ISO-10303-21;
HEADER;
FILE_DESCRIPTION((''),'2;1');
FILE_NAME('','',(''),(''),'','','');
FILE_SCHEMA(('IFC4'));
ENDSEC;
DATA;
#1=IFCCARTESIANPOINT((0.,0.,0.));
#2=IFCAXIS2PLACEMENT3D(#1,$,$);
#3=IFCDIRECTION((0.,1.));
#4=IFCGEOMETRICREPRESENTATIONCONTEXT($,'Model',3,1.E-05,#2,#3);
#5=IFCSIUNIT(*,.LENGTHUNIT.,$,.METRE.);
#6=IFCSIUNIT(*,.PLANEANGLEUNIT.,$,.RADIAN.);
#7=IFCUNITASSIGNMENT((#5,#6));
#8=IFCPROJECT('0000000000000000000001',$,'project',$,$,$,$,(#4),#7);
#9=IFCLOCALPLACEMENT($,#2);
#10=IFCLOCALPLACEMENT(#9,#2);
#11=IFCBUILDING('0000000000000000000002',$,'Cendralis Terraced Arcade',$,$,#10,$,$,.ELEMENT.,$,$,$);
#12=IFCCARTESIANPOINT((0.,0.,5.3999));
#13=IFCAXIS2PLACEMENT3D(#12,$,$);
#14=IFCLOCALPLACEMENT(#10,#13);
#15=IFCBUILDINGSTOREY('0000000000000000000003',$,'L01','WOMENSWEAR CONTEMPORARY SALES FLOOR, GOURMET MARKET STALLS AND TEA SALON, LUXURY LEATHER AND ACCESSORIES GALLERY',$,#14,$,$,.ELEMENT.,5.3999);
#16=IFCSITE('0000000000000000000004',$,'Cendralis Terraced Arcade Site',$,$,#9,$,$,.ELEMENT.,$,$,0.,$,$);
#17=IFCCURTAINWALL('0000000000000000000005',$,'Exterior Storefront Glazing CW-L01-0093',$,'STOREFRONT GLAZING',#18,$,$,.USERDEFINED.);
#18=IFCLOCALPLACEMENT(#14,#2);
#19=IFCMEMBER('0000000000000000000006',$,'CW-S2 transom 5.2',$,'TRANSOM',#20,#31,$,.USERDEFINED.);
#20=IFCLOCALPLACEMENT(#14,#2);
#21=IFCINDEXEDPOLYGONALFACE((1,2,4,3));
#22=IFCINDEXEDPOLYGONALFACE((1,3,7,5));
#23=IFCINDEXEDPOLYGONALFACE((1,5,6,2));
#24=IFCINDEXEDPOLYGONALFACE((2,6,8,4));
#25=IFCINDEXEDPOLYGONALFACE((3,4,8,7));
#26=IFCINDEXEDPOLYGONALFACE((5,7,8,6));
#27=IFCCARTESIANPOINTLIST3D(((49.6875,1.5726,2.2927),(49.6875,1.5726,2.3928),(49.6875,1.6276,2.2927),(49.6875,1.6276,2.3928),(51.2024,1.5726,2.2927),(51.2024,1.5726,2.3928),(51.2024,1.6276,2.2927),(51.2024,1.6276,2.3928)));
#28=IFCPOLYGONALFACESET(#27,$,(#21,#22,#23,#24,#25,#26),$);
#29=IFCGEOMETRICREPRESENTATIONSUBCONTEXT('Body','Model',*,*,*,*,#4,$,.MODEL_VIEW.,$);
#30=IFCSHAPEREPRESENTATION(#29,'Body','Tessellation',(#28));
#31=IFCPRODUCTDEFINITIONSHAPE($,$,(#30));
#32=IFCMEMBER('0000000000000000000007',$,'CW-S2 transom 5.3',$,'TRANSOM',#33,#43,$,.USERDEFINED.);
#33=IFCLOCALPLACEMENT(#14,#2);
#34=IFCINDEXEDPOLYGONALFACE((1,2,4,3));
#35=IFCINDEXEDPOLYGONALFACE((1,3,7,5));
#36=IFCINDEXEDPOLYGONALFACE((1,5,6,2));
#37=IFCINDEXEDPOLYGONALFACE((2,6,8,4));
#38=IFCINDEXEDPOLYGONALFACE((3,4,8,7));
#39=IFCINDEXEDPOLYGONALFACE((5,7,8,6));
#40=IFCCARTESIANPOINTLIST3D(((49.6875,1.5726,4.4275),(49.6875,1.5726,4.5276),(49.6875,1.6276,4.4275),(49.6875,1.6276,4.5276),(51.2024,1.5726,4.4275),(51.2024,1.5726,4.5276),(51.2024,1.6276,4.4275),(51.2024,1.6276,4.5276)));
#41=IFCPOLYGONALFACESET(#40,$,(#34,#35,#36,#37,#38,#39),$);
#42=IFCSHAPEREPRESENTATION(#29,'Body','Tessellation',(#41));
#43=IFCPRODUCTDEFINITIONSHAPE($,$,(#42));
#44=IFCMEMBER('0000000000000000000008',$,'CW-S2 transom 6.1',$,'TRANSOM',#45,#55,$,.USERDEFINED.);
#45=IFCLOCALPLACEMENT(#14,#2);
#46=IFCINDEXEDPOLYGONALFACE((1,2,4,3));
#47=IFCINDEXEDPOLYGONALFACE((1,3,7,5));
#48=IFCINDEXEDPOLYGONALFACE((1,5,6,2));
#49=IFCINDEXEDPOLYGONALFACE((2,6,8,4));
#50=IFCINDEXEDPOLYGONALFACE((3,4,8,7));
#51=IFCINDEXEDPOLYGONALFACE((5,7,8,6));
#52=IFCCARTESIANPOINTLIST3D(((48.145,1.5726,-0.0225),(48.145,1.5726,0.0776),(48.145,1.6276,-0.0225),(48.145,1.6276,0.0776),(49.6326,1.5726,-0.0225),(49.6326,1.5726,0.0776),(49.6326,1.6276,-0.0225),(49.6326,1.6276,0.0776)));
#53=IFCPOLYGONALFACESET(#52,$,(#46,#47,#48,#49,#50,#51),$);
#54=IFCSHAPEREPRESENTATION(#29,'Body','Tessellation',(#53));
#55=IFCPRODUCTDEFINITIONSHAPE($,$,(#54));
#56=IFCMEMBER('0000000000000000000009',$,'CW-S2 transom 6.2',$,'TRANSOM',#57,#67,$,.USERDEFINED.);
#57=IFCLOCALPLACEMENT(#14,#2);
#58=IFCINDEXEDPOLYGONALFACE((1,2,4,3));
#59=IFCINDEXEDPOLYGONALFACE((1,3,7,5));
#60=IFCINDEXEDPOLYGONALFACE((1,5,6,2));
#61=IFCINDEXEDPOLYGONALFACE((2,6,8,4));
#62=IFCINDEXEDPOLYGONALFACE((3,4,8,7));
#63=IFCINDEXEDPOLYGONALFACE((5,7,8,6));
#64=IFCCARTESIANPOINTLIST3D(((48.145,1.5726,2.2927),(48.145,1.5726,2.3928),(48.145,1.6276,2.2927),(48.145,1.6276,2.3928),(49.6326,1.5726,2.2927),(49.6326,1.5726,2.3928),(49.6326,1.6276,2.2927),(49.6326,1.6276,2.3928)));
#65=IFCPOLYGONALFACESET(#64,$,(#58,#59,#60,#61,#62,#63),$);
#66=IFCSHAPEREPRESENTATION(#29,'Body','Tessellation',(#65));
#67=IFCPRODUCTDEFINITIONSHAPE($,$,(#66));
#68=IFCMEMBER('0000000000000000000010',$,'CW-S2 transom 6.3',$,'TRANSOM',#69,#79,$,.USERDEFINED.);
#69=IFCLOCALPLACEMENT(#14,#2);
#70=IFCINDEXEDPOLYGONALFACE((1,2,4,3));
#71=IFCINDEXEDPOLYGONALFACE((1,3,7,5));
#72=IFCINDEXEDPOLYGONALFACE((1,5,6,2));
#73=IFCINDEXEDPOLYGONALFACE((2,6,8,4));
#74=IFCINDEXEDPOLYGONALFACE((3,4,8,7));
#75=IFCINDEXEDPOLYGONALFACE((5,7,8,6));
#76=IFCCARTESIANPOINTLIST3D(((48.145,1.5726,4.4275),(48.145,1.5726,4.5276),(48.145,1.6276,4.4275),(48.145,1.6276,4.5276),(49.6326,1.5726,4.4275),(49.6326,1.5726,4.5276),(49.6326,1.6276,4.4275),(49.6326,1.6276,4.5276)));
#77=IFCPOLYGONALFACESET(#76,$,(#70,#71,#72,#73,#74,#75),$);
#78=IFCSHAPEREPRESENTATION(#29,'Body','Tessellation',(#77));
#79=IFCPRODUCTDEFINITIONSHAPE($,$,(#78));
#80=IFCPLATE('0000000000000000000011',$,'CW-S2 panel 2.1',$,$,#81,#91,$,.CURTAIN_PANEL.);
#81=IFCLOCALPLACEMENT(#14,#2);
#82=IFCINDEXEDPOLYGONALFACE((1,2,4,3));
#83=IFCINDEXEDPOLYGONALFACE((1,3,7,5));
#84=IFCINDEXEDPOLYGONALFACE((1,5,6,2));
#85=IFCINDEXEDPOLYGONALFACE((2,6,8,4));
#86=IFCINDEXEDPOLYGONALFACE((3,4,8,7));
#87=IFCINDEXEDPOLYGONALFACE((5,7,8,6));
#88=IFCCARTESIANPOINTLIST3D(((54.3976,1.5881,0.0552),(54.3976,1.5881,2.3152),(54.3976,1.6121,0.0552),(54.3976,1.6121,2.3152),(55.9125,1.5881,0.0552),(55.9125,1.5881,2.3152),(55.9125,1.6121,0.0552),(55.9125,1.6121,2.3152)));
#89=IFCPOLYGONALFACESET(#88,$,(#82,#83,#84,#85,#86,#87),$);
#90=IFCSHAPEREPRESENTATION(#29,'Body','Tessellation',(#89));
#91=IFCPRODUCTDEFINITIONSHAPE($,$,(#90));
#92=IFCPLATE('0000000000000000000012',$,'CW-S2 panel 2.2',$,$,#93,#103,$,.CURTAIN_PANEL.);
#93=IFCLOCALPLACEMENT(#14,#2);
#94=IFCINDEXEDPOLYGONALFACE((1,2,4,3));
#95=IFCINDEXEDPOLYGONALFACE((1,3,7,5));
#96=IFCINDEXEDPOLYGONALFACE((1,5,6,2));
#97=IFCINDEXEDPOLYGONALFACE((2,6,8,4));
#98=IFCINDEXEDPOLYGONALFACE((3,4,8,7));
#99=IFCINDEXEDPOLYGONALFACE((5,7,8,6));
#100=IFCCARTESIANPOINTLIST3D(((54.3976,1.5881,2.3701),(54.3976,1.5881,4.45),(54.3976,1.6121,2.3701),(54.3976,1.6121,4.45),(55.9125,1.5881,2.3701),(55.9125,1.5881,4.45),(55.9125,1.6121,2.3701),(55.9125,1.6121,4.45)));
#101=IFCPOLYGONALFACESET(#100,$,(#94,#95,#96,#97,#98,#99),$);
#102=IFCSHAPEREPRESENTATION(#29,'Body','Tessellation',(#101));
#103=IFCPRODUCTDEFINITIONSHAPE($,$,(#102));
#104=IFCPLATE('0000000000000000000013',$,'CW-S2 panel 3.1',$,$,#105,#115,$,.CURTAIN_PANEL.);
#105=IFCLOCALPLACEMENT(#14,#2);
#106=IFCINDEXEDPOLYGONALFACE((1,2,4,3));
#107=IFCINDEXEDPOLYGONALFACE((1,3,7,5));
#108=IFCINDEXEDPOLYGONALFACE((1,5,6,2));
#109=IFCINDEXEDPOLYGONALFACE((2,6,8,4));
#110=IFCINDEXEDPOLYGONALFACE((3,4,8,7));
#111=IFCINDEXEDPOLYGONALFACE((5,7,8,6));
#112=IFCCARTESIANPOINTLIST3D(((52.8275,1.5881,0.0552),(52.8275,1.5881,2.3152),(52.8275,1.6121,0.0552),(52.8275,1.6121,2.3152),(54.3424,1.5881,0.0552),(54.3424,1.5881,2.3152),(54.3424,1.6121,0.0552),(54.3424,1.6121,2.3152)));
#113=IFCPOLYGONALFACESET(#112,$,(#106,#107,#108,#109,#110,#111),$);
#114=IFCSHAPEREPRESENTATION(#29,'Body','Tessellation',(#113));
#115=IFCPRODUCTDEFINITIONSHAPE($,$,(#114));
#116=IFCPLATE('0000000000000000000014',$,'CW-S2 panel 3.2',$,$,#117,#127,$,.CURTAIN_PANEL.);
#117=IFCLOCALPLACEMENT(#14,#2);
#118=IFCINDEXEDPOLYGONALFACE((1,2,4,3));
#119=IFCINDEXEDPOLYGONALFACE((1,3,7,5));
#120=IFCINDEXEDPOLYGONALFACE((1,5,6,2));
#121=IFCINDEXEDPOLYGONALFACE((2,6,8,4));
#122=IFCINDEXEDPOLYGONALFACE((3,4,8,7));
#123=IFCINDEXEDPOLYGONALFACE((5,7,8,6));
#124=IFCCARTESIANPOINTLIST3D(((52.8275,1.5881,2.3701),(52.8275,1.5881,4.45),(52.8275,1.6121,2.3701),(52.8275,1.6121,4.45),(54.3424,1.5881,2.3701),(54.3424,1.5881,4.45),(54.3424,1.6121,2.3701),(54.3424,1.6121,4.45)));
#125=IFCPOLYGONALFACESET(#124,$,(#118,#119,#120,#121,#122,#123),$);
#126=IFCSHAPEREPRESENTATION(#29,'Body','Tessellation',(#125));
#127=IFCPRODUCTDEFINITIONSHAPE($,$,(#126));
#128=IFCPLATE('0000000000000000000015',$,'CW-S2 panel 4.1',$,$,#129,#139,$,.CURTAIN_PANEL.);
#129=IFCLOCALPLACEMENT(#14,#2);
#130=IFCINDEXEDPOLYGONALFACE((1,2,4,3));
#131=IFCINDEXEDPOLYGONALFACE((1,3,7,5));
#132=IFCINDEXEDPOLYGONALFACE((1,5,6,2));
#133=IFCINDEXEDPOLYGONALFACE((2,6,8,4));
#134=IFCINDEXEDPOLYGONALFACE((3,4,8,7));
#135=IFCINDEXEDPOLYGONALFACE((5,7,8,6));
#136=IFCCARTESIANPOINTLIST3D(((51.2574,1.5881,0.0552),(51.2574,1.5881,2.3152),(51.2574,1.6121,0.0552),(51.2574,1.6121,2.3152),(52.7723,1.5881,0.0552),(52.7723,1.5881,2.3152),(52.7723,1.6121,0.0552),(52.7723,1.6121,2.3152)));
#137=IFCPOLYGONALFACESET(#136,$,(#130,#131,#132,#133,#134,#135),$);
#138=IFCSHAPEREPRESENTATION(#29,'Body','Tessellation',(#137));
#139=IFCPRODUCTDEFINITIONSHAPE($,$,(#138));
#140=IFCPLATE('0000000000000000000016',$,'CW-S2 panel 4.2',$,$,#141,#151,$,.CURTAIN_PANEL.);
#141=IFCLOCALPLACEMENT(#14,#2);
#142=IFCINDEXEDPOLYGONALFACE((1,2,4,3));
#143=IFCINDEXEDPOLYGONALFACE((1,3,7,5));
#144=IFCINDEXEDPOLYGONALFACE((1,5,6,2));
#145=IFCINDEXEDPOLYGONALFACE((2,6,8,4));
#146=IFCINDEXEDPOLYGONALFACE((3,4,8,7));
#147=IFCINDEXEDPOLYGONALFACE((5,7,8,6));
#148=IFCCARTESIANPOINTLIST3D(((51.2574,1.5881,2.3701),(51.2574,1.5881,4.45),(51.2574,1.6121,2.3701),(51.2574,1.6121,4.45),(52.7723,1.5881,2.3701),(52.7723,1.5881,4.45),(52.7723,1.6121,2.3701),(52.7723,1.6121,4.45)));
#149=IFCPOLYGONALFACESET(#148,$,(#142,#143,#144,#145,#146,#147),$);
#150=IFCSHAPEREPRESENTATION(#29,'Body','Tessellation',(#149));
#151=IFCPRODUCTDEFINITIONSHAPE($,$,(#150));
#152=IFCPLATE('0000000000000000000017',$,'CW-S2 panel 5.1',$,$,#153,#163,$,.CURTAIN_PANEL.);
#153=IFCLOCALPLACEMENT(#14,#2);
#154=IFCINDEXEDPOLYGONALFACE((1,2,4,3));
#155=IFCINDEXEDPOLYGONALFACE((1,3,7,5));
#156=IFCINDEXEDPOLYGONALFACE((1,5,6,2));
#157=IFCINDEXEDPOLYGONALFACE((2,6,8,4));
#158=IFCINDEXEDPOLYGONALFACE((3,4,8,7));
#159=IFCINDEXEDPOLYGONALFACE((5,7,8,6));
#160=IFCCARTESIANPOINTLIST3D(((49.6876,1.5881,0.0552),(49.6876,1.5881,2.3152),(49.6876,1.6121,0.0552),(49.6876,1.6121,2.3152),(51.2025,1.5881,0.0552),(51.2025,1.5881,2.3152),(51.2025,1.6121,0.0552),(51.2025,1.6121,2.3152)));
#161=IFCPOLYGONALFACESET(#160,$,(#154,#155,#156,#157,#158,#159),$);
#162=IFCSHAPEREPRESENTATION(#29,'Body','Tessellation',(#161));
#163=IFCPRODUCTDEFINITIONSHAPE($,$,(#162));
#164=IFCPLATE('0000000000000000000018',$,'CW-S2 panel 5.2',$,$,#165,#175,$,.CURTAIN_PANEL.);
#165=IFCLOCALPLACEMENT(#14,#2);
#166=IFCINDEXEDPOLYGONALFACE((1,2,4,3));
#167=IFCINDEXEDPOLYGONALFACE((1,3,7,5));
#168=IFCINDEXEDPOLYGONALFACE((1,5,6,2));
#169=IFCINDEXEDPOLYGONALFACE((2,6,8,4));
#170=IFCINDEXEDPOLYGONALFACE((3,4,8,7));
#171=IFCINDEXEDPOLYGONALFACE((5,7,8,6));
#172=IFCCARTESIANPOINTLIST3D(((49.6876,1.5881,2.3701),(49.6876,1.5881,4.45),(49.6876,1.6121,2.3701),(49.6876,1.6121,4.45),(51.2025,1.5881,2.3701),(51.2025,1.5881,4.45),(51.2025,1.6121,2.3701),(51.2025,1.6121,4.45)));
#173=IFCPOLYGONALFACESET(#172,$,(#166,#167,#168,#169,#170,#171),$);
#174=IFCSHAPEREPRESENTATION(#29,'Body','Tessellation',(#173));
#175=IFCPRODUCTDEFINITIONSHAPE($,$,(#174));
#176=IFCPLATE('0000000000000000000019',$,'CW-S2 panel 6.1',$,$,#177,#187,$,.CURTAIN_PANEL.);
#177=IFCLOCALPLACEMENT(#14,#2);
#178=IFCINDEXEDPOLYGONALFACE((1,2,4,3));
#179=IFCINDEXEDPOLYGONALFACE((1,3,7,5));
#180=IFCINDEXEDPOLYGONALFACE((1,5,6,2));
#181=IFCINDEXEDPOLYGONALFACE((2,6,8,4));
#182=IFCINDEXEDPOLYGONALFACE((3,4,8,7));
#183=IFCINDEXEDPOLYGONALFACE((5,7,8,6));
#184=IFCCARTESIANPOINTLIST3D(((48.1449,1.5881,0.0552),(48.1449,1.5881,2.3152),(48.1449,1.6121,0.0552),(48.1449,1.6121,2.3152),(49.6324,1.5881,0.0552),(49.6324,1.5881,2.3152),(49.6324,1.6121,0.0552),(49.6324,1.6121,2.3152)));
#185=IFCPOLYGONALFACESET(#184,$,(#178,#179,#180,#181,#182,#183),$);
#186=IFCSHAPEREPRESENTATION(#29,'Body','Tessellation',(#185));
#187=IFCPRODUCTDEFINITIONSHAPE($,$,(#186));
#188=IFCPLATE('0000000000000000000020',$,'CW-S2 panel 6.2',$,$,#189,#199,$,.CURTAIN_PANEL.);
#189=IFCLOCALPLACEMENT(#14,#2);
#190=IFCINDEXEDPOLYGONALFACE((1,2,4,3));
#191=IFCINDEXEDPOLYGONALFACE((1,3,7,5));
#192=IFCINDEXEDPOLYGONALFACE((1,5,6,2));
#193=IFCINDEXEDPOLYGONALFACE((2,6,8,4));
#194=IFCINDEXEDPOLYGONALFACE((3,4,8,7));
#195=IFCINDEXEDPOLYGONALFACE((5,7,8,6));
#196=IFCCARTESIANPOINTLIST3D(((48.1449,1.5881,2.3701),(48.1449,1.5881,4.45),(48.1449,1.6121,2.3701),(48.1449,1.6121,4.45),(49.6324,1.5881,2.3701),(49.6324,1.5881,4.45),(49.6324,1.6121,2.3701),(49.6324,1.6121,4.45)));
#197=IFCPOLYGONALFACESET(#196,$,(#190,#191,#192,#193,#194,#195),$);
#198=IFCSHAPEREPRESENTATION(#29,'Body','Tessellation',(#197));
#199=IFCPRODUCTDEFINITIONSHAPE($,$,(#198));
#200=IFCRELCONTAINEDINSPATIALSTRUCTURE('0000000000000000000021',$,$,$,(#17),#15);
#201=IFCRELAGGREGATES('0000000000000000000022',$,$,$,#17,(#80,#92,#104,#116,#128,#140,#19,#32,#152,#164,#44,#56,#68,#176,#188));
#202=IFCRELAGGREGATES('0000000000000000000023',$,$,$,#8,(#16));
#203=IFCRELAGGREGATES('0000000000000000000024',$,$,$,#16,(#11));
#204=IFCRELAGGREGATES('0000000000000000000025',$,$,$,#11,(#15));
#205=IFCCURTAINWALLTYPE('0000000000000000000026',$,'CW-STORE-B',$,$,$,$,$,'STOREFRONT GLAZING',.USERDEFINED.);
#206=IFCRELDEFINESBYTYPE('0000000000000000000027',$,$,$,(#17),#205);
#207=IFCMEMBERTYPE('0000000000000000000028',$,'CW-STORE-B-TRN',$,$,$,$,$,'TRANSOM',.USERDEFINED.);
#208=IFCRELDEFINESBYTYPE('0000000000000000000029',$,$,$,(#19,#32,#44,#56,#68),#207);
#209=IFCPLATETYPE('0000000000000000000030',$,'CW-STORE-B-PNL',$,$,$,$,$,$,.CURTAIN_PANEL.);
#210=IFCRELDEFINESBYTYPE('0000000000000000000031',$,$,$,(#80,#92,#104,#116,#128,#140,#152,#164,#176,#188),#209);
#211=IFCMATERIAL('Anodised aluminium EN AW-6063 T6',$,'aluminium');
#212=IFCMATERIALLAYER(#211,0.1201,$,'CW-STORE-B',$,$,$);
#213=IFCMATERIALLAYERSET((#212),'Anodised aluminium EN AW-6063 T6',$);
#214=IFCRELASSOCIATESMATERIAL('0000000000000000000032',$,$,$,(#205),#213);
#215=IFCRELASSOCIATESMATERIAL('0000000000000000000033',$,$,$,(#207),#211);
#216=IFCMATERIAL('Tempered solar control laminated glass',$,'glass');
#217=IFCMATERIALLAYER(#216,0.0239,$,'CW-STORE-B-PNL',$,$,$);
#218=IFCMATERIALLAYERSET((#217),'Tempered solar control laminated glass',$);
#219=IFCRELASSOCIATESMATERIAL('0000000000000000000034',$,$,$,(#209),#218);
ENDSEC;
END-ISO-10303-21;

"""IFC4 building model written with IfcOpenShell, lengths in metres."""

from ifc_helpers import new_model, si_unit, direction, frame, origin, origin_2d, place, context, subcontext, project, spatial, rectangle, extrude, material, layer, layer_set, material_profile, profile_set, type_object, element, aggregate, save


model = new_model("IFC4")

# Units and contexts
model_context = context("Model", 3, precision=1e-05, world=origin(), true_north=direction((0.0, 1.0)))
body_context = subcontext(model_context, "Body", "Model", "MODEL_VIEW")
ifc_project = project(units=[si_unit("LENGTHUNIT", "METRE"), si_unit("PLANEANGLEUNIT", "RADIAN")], contexts=[model_context])

# Site, building, storey
site_placement = place(None, origin())
site = spatial("IfcSite", under=ifc_project, at=site_placement, Name="Cendralis Terraced Arcade Site", CompositionType="ELEMENT", RefElevation=0.0)
building_placement = place(site_placement, origin())
building = spatial("IfcBuilding", under=site, at=building_placement, Name="Cendralis Terraced Arcade", CompositionType="ELEMENT")
storey_placement = place(building_placement, frame((0.0, 0.0, 5.3999)))
storey = spatial("IfcBuildingStorey", under=building, at=storey_placement, Name="L01", Description="WOMENSWEAR CONTEMPORARY SALES FLOOR, GOURMET MARKET STALLS AND TEA SALON, LUXURY LEATHER AND ACCESSORIES GALLERY", CompositionType="ELEMENT", Elevation=5.3999)

# Curtain wall, members, plates
ifc_material_1 = material(Name="Anodised aluminium EN AW-6063 T6", Category="aluminium")
ifc_layer_1 = layer(ifc_material_1, 0.1201, Name="CW-STORE-B")
ifc_layer_set_1 = layer_set([ifc_layer_1], Name="Anodised aluminium EN AW-6063 T6")
curtain_wall_type = type_object("IfcCurtainWallType", Name="CW-STORE-B", ElementType="STOREFRONT GLAZING", PredefinedType="USERDEFINED", material=ifc_layer_set_1)
curtain_wall_placement = place(storey_placement, origin())
curtain_wall = element("IfcCurtainWall", 1, at=curtain_wall_placement, inside=storey, type_object=curtain_wall_type, Name="Exterior Storefront Glazing CW-L01-0093", ObjectType="STOREFRONT GLAZING", PredefinedType="USERDEFINED")
ifc_material_profile_1 = material_profile(ifc_material_1, rectangle(XDim=0.0549, YDim=0.1001, at=origin_2d()), Name="ALU-TRN-55x100")
ifc_profile_set_1 = profile_set([ifc_material_profile_1], Name="Anodised aluminium EN AW-6063 T6")
member_type_1 = type_object("IfcMemberType", Name="CW-STORE-B-TRN", ElementType="TRANSOM", PredefinedType="USERDEFINED", material=ifc_profile_set_1)
member_1_placement = place(storey_placement, frame((51.2024, 1.6001, 2.3428), z_axis=(-1.0, 0.0, 0.0), x_axis=(0.0, -1.0, 0.0)))
member_1 = element("IfcMember", 2, at=member_1_placement, type_object=member_type_1, Name="CW-S2 transom 5.2", ObjectType="TRANSOM", PredefinedType="USERDEFINED", context=body_context, shape_type="SweptSolid", body=[
    extrude(rectangle(XDim=0.0549, YDim=0.1001, at=origin_2d()), origin(), (0.0, 0.0, 1.0), 1.5149),
])
member_2_placement = place(storey_placement, frame((51.2024, 1.6001, 4.4775), z_axis=(-1.0, 0.0, 0.0), x_axis=(0.0, -1.0, 0.0)))
member_2 = element("IfcMember", 3, at=member_2_placement, type_object=member_type_1, Name="CW-S2 transom 5.3", ObjectType="TRANSOM", PredefinedType="USERDEFINED", context=body_context, shape_type="SweptSolid", body=[
    extrude(rectangle(XDim=0.0549, YDim=0.1001, at=origin_2d()), origin(), (0.0, 0.0, 1.0), 1.5149),
])
member_3_placement = place(storey_placement, frame((49.6326, 1.6001, 0.0276), z_axis=(-1.0, 0.0, 0.0), x_axis=(0.0, -1.0, 0.0)))
member_3 = element("IfcMember", 4, at=member_3_placement, type_object=member_type_1, Name="CW-S2 transom 6.1", ObjectType="TRANSOM", PredefinedType="USERDEFINED", context=body_context, shape_type="SweptSolid", body=[
    extrude(rectangle(XDim=0.0549, YDim=0.1001, at=origin_2d()), origin(), (0.0, 0.0, 1.0), 1.4875),
])
member_4_placement = place(storey_placement, frame((49.6326, 1.6001, 2.3428), z_axis=(-1.0, 0.0, 0.0), x_axis=(0.0, -1.0, 0.0)))
member_4 = element("IfcMember", 5, at=member_4_placement, type_object=member_type_1, Name="CW-S2 transom 6.2", ObjectType="TRANSOM", PredefinedType="USERDEFINED", context=body_context, shape_type="SweptSolid", body=[
    extrude(rectangle(XDim=0.0549, YDim=0.1001, at=origin_2d()), origin(), (0.0, 0.0, 1.0), 1.4875),
])
member_5_placement = place(storey_placement, frame((49.6326, 1.6001, 4.4775), z_axis=(-1.0, 0.0, 0.0), x_axis=(0.0, -1.0, 0.0)))
member_5 = element("IfcMember", 6, at=member_5_placement, type_object=member_type_1, Name="CW-S2 transom 6.3", ObjectType="TRANSOM", PredefinedType="USERDEFINED", context=body_context, shape_type="SweptSolid", body=[
    extrude(rectangle(XDim=0.0549, YDim=0.1001, at=origin_2d()), origin(), (0.0, 0.0, 1.0), 1.4875),
])
ifc_material_2 = material(Name="Tempered solar control laminated glass", Category="glass")
ifc_layer_2 = layer(ifc_material_2, 0.0239, Name="CW-STORE-B-PNL")
ifc_layer_set_2 = layer_set([ifc_layer_2], Name="Tempered solar control laminated glass")
plate_type = type_object("IfcPlateType", Name="CW-STORE-B-PNL", PredefinedType="CURTAIN_PANEL", material=ifc_layer_set_2)
plate_1_placement = place(storey_placement, frame((55.155, 1.6001, 0.0552), z_axis=(0.0, 0.0, 1.0), x_axis=(-1.0, 0.0, 0.0)))
plate_1 = element("IfcPlate", 7, at=plate_1_placement, type_object=plate_type, Name="CW-S2 panel 2.1", PredefinedType="CURTAIN_PANEL", context=body_context, shape_type="SweptSolid", body=[
    extrude(rectangle(XDim=1.5149, YDim=0.0239, at=origin_2d()), origin(), (0.0, 0.0, 1.0), 2.26),
])
plate_2_placement = place(storey_placement, frame((55.155, 1.6001, 2.3701), z_axis=(0.0, 0.0, 1.0), x_axis=(-1.0, 0.0, 0.0)))
plate_2 = element("IfcPlate", 8, at=plate_2_placement, type_object=plate_type, Name="CW-S2 panel 2.2", PredefinedType="CURTAIN_PANEL", context=body_context, shape_type="SweptSolid", body=[
    extrude(rectangle(XDim=1.5149, YDim=0.0239, at=origin_2d()), origin(), (0.0, 0.0, 1.0), 2.0798),
])
plate_3_placement = place(storey_placement, frame((53.585, 1.6001, 0.0552), z_axis=(0.0, 0.0, 1.0), x_axis=(-1.0, 0.0, 0.0)))
plate_3 = element("IfcPlate", 9, at=plate_3_placement, type_object=plate_type, Name="CW-S2 panel 3.1", PredefinedType="CURTAIN_PANEL", context=body_context, shape_type="SweptSolid", body=[
    extrude(rectangle(XDim=1.5149, YDim=0.0239, at=origin_2d()), origin(), (0.0, 0.0, 1.0), 2.26),
])
plate_4_placement = place(storey_placement, frame((53.585, 1.6001, 2.3701), z_axis=(0.0, 0.0, 1.0), x_axis=(-1.0, 0.0, 0.0)))
plate_4 = element("IfcPlate", 10, at=plate_4_placement, type_object=plate_type, Name="CW-S2 panel 3.2", PredefinedType="CURTAIN_PANEL", context=body_context, shape_type="SweptSolid", body=[
    extrude(rectangle(XDim=1.5149, YDim=0.0239, at=origin_2d()), origin(), (0.0, 0.0, 1.0), 2.0798),
])
plate_5_placement = place(storey_placement, frame((52.0149, 1.6001, 0.0552), z_axis=(0.0, 0.0, 1.0), x_axis=(-1.0, 0.0, 0.0)))
plate_5 = element("IfcPlate", 11, at=plate_5_placement, type_object=plate_type, Name="CW-S2 panel 4.1", PredefinedType="CURTAIN_PANEL", context=body_context, shape_type="SweptSolid", body=[
    extrude(rectangle(XDim=1.5149, YDim=0.0239, at=origin_2d()), origin(), (0.0, 0.0, 1.0), 2.26),
])
plate_6_placement = place(storey_placement, frame((52.0149, 1.6001, 2.3701), z_axis=(0.0, 0.0, 1.0), x_axis=(-1.0, 0.0, 0.0)))
plate_6 = element("IfcPlate", 12, at=plate_6_placement, type_object=plate_type, Name="CW-S2 panel 4.2", PredefinedType="CURTAIN_PANEL", context=body_context, shape_type="SweptSolid", body=[
    extrude(rectangle(XDim=1.5149, YDim=0.0239, at=origin_2d()), origin(), (0.0, 0.0, 1.0), 2.0798),
])
plate_7_placement = place(storey_placement, frame((50.4451, 1.6001, 0.0552), z_axis=(0.0, 0.0, 1.0), x_axis=(-1.0, 0.0, 0.0)))
plate_7 = element("IfcPlate", 13, at=plate_7_placement, type_object=plate_type, Name="CW-S2 panel 5.1", PredefinedType="CURTAIN_PANEL", context=body_context, shape_type="SweptSolid", body=[
    extrude(rectangle(XDim=1.5149, YDim=0.0239, at=origin_2d()), origin(), (0.0, 0.0, 1.0), 2.26),
])
plate_8_placement = place(storey_placement, frame((50.4451, 1.6001, 2.3701), z_axis=(0.0, 0.0, 1.0), x_axis=(-1.0, 0.0, 0.0)))
plate_8 = element("IfcPlate", 14, at=plate_8_placement, type_object=plate_type, Name="CW-S2 panel 5.2", PredefinedType="CURTAIN_PANEL", context=body_context, shape_type="SweptSolid", body=[
    extrude(rectangle(XDim=1.5149, YDim=0.0239, at=origin_2d()), origin(), (0.0, 0.0, 1.0), 2.0798),
])
plate_9_placement = place(storey_placement, frame((48.8887, 1.6001, 0.0552), z_axis=(0.0, 0.0, 1.0), x_axis=(-1.0, 0.0, 0.0)))
plate_9 = element("IfcPlate", 15, at=plate_9_placement, type_object=plate_type, Name="CW-S2 panel 6.1", PredefinedType="CURTAIN_PANEL", context=body_context, shape_type="SweptSolid", body=[
    extrude(rectangle(XDim=1.4875, YDim=0.0239, at=origin_2d()), origin(), (0.0, 0.0, 1.0), 2.26),
])
plate_10_placement = place(storey_placement, frame((48.8887, 1.6001, 2.3701), z_axis=(0.0, 0.0, 1.0), x_axis=(-1.0, 0.0, 0.0)))
plate_10 = element("IfcPlate", 16, at=plate_10_placement, type_object=plate_type, Name="CW-S2 panel 6.2", PredefinedType="CURTAIN_PANEL", context=body_context, shape_type="SweptSolid", body=[
    extrude(rectangle(XDim=1.4875, YDim=0.0239, at=origin_2d()), origin(), (0.0, 0.0, 1.0), 2.0798),
])
aggregate(curtain_wall, [plate_1, plate_2, plate_3, plate_4, plate_5, plate_6, member_1, member_2, plate_7, plate_8, member_3, member_4, member_5, plate_9, plate_10])

save(model, "model.ifc")
